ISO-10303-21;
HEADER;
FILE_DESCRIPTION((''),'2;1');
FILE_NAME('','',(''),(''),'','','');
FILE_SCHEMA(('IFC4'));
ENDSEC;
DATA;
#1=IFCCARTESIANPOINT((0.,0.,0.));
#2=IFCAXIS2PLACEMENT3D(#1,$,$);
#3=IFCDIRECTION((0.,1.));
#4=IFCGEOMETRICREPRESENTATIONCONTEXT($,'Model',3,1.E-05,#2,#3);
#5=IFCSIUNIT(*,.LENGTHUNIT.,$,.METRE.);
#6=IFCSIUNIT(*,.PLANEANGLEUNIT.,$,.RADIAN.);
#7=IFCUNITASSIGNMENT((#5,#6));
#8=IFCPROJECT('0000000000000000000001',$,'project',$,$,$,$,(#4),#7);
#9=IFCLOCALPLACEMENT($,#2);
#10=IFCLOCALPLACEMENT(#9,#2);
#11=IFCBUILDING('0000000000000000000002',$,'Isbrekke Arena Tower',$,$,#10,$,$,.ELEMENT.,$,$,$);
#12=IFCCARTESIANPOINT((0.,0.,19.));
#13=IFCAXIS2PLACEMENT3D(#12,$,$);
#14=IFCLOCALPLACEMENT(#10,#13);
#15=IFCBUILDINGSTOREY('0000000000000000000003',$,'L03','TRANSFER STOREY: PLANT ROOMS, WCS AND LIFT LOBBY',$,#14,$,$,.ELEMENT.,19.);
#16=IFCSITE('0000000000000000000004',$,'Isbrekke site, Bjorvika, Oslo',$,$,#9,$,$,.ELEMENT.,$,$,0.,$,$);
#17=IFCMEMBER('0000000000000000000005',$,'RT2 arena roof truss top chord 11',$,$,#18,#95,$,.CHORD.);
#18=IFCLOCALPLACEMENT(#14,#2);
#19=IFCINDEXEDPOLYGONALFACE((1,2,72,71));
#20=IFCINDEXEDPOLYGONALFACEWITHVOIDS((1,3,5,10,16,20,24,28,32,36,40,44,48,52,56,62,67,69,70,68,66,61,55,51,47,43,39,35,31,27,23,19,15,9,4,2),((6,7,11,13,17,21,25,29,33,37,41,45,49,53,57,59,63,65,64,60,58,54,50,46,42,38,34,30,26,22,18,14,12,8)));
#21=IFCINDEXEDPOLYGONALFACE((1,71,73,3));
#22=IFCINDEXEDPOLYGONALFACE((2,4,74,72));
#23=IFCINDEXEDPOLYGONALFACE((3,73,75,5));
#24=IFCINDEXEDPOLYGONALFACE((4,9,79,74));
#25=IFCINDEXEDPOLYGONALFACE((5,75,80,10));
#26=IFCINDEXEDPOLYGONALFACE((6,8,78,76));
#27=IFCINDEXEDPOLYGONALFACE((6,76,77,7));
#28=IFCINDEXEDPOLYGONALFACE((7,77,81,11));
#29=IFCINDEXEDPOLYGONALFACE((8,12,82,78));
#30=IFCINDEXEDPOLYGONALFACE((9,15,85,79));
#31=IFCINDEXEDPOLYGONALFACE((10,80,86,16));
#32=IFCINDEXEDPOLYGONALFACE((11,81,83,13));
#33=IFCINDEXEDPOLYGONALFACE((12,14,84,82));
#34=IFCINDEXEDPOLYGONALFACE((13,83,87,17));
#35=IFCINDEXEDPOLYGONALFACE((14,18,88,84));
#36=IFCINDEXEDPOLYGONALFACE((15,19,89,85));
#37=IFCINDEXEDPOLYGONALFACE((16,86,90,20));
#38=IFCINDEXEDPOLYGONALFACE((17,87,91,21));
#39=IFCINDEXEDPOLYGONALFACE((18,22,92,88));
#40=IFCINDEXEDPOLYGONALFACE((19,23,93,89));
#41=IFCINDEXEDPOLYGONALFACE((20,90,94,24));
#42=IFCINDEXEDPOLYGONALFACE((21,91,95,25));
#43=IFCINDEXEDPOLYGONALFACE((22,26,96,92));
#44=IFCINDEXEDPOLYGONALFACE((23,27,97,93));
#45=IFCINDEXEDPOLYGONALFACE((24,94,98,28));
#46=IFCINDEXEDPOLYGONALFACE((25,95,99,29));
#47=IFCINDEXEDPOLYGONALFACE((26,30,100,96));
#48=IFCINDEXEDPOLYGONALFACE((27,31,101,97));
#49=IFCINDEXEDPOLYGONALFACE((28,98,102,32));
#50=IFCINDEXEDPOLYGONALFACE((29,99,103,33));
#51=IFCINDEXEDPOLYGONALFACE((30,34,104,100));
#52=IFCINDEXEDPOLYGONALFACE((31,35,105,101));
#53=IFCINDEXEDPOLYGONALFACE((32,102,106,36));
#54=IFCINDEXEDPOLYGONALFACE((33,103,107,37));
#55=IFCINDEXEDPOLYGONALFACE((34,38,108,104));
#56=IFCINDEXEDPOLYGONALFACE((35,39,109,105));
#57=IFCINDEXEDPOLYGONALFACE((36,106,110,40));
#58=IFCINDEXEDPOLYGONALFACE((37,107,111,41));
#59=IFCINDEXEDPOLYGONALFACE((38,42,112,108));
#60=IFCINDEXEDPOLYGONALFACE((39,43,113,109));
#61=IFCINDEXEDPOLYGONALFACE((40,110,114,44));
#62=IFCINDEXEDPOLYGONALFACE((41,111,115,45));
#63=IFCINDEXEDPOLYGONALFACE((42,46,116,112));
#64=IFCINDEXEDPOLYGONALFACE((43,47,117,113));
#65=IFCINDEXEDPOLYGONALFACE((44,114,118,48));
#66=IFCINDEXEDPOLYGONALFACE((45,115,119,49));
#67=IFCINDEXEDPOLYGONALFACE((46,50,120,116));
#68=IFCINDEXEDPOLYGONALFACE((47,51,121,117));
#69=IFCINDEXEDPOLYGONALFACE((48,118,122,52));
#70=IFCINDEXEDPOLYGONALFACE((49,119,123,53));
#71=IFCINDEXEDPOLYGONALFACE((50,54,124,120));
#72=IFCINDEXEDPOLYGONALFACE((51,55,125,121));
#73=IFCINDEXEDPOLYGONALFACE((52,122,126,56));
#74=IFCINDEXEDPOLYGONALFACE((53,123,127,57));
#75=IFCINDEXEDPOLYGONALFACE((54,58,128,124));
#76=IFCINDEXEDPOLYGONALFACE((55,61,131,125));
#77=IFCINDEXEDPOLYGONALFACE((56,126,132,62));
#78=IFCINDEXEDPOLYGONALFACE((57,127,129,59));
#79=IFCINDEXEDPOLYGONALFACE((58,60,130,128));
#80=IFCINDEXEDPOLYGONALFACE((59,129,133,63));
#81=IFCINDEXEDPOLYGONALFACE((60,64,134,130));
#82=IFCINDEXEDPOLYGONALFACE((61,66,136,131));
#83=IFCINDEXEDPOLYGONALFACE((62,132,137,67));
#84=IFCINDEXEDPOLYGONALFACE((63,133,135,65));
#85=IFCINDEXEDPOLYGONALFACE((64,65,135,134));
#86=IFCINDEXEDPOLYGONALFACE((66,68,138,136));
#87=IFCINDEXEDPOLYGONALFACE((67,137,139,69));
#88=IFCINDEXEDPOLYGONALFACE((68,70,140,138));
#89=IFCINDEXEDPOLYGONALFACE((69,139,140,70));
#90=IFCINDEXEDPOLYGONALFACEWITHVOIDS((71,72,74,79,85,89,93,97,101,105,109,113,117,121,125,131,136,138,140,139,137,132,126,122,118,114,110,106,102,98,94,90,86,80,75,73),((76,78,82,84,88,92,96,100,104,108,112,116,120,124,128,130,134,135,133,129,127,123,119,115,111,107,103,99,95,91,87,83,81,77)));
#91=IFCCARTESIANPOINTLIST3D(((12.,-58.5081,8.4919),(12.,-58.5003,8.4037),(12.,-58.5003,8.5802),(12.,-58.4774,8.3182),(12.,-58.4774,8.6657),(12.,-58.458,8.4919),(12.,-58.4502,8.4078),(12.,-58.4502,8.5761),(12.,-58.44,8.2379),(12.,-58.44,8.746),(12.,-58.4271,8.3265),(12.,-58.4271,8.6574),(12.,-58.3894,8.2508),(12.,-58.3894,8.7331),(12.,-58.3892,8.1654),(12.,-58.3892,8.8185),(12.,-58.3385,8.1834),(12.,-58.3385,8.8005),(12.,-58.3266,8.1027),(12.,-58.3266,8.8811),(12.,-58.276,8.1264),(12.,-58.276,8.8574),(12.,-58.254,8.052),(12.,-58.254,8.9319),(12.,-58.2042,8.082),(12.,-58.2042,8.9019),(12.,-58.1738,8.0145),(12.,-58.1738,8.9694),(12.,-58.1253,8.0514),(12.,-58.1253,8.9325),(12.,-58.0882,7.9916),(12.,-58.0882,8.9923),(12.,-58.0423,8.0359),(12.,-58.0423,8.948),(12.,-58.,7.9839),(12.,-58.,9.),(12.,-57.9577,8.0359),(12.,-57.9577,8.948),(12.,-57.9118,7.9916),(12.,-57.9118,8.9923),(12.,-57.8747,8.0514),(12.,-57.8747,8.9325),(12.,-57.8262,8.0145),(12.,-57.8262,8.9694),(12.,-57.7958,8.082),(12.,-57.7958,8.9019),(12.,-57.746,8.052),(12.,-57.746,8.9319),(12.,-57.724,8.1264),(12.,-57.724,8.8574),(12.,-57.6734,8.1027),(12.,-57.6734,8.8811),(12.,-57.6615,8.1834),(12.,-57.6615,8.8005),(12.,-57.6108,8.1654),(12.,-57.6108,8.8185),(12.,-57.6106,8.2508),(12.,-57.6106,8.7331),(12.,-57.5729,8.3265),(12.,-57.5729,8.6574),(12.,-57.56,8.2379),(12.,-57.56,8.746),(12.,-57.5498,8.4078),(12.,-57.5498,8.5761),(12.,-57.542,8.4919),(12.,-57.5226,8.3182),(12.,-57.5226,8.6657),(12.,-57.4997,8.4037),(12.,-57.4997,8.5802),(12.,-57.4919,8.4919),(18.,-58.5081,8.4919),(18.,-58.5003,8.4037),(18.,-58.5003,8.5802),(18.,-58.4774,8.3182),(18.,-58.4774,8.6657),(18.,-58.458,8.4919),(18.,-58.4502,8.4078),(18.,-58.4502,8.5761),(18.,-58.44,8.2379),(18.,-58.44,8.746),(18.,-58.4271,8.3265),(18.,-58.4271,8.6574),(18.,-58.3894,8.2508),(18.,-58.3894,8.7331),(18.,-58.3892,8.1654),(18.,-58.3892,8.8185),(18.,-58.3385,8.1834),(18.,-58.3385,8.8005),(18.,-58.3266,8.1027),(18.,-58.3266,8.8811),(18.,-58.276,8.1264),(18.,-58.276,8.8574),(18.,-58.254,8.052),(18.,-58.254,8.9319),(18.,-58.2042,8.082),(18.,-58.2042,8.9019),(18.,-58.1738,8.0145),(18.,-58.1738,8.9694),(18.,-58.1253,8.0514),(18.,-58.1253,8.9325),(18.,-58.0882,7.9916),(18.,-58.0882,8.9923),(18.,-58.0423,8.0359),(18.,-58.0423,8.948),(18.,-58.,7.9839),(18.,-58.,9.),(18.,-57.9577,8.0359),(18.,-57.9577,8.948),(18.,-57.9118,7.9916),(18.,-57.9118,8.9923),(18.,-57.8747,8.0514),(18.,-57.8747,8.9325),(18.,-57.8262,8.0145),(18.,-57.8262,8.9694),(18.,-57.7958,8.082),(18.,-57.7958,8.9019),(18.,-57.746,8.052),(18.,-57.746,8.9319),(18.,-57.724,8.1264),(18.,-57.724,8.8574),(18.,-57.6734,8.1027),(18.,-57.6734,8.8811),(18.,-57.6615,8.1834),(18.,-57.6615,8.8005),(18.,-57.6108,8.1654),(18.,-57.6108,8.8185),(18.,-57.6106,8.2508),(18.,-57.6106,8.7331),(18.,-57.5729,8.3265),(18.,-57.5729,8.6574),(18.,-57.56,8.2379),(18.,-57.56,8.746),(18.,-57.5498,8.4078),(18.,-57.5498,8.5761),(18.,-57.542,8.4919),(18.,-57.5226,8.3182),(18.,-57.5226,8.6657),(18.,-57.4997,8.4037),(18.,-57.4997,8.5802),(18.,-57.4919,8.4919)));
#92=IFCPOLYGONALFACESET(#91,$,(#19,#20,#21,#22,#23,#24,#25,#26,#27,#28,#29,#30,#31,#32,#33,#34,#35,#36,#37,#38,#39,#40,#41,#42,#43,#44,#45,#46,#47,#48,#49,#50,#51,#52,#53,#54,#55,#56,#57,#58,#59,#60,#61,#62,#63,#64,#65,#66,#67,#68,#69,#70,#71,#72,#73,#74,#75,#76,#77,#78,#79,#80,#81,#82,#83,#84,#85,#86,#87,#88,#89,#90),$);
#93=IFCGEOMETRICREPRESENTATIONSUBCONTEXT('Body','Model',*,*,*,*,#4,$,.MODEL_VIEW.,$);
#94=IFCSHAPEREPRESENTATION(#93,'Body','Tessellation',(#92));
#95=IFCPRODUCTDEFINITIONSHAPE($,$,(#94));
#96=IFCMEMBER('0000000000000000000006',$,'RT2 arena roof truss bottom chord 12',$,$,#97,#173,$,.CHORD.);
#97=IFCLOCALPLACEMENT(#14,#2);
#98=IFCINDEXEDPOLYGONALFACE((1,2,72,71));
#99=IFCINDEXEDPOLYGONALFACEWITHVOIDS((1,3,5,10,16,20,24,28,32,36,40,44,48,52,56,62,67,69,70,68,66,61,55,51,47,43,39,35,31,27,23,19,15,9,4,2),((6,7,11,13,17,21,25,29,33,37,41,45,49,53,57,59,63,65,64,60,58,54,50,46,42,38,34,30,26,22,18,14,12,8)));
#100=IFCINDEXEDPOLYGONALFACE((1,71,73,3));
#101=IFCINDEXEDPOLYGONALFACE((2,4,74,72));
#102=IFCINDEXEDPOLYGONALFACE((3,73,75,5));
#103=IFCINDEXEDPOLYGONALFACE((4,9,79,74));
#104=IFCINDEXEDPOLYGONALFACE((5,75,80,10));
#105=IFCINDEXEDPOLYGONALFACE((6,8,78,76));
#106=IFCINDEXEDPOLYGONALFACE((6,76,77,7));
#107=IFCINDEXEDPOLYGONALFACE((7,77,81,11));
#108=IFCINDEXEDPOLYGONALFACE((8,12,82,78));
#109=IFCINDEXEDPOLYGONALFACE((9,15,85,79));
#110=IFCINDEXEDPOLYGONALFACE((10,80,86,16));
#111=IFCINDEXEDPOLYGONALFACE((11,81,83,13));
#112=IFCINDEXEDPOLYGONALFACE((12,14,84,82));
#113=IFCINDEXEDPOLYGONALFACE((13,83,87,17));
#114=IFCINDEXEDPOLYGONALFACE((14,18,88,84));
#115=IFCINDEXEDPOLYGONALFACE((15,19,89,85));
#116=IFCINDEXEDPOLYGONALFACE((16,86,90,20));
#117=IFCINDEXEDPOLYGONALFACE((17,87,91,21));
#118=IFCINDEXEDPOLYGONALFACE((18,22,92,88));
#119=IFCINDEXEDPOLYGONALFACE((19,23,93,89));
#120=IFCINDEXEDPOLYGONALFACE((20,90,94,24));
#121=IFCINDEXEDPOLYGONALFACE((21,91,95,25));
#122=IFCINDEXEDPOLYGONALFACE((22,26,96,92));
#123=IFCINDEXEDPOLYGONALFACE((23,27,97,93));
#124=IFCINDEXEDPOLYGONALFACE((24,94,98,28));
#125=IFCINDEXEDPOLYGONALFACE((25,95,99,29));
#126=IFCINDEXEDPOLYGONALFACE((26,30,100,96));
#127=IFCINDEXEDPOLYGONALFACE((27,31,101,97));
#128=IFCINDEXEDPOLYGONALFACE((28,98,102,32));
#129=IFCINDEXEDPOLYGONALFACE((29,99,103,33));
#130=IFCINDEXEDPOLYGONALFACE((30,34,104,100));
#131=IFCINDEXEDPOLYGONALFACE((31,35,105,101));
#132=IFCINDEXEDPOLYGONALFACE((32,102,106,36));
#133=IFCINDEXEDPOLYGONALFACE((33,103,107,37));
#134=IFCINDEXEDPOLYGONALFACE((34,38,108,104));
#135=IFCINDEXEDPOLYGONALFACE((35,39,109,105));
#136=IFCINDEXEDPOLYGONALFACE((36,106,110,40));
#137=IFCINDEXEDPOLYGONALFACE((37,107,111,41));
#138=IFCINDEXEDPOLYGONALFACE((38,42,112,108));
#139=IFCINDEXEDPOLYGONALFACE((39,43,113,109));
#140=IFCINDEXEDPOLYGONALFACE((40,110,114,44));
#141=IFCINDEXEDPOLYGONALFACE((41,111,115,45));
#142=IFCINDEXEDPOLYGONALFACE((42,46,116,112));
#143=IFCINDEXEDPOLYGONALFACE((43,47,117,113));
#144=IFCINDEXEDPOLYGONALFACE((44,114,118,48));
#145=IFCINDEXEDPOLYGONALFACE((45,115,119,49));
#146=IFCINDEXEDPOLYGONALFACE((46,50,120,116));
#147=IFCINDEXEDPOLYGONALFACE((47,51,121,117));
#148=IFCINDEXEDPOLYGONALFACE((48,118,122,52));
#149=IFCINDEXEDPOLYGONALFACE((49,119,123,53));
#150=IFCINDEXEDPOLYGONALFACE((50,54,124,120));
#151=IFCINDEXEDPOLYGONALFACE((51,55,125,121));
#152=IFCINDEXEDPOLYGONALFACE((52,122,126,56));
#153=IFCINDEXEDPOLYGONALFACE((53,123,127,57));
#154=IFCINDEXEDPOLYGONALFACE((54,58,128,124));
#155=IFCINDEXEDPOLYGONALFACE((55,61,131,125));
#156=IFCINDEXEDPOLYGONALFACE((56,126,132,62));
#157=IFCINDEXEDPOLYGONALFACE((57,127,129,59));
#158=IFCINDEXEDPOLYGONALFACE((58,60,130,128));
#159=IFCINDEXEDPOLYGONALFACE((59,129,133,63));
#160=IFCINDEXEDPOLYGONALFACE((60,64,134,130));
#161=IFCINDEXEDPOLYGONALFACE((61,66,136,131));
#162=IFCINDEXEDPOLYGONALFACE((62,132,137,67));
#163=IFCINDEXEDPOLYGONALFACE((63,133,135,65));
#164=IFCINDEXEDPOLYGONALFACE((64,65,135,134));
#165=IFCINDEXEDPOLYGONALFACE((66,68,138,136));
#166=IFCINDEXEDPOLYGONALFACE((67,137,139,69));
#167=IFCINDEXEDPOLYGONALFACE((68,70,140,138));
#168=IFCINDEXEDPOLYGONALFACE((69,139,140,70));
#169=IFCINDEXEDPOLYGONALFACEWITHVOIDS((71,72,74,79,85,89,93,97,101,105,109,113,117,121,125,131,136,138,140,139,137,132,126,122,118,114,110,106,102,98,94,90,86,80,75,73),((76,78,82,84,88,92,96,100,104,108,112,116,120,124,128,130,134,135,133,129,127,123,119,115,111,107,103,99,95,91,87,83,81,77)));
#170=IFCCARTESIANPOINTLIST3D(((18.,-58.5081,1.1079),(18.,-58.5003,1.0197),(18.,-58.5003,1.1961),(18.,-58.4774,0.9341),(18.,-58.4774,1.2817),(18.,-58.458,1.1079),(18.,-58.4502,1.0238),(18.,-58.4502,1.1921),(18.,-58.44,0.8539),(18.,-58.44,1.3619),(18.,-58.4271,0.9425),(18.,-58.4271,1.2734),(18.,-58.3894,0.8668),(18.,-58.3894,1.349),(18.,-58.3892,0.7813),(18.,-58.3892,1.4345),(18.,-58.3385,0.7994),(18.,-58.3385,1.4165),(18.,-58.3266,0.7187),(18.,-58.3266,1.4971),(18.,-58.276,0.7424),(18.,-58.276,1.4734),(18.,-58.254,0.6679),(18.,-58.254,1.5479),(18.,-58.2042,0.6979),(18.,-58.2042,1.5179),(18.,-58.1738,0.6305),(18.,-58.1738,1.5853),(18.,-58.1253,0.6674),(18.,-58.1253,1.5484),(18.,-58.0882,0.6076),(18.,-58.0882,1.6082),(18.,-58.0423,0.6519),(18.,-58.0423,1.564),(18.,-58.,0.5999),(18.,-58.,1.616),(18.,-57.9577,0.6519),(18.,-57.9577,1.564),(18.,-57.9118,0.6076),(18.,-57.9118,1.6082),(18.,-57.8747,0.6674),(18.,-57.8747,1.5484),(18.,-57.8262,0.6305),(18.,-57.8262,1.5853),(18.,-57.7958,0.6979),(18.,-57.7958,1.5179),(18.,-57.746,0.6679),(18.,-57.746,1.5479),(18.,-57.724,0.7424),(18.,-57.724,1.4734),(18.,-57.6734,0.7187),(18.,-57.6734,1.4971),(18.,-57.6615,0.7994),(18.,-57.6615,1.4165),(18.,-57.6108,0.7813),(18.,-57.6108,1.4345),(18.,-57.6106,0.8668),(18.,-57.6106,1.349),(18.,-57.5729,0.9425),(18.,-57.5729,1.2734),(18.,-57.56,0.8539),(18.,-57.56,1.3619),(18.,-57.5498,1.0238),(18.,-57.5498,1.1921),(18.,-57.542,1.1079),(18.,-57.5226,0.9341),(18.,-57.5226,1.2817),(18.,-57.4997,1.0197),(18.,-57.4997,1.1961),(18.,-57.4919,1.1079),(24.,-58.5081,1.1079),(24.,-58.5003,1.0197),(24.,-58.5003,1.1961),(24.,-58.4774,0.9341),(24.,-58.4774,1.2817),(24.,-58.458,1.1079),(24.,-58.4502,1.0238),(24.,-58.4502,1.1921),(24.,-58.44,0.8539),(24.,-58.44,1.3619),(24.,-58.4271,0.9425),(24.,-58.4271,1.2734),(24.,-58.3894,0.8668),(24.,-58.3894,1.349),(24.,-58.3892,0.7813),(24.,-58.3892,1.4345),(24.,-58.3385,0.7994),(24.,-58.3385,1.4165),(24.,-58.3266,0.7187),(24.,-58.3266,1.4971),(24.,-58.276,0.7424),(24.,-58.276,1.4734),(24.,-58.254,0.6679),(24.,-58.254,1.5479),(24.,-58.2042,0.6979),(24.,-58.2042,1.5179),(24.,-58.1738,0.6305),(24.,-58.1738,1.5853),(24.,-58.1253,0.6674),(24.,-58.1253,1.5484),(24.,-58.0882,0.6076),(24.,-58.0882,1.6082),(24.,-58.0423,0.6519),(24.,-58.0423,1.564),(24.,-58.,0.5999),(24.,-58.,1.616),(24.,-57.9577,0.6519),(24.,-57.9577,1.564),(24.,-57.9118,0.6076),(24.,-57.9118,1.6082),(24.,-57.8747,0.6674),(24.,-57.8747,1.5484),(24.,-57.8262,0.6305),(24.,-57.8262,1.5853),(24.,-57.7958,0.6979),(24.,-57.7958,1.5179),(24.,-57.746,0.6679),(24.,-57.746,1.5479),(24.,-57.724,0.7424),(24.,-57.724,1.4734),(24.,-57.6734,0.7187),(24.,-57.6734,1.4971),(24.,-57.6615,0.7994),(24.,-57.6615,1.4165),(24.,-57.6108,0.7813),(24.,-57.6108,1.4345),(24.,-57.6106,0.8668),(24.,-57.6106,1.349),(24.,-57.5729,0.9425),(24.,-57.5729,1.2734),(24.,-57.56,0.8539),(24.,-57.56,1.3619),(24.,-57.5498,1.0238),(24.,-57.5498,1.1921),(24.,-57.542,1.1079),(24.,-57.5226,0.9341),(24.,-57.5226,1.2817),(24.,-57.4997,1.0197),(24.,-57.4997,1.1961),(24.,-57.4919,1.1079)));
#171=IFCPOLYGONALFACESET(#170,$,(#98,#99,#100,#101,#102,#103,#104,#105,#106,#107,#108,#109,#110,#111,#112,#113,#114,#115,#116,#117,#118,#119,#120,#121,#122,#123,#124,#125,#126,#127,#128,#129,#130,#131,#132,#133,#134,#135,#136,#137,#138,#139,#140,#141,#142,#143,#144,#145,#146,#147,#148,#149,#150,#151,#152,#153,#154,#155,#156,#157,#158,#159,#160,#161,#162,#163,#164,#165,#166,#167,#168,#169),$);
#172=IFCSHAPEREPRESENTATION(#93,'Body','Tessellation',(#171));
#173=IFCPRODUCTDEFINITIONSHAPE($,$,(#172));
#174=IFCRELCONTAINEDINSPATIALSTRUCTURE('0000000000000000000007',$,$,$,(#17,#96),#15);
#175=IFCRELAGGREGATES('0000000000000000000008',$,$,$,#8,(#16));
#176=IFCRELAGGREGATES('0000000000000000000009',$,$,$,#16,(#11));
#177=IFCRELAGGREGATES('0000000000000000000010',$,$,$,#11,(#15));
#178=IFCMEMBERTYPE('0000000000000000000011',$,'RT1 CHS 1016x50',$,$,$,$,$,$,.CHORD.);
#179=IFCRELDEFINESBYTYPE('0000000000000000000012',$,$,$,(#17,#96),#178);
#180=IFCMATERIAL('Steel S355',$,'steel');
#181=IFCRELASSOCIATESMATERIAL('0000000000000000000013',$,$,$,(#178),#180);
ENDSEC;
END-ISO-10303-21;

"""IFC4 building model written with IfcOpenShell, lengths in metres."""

from ifc_helpers import new_model, si_unit, direction, frame, origin, origin_2d, place, context, subcontext, project, spatial, hollow_circle, extrude, material, material_profile, profile_set, type_object, element, save


model = new_model("IFC4")

# Units and contexts
model_context = context("Model", 3, precision=1e-05, world=origin(), true_north=direction((0.0, 1.0)))
body_context = subcontext(model_context, "Body", "Model", "MODEL_VIEW")
ifc_project = project(units=[si_unit("LENGTHUNIT", "METRE"), si_unit("PLANEANGLEUNIT", "RADIAN")], contexts=[model_context])

# Site, building, storey
site_placement = place(None, origin())
site = spatial("IfcSite", under=ifc_project, at=site_placement, Name="Isbrekke site, Bjorvika, Oslo", CompositionType="ELEMENT", RefElevation=0.0)
building_placement = place(site_placement, origin())
building = spatial("IfcBuilding", under=site, at=building_placement, Name="Isbrekke Arena Tower", CompositionType="ELEMENT")
storey_placement = place(building_placement, frame((0.0, 0.0, 19.0)))
storey = spatial("IfcBuildingStorey", under=building, at=storey_placement, Name="L03", Description="TRANSFER STOREY: PLANT ROOMS, WCS AND LIFT LOBBY", CompositionType="ELEMENT", Elevation=19.0)

# Members
ifc_material_1 = material(Name="Steel S355", Category="steel")
ifc_material_profile_1 = material_profile(ifc_material_1, hollow_circle(Radius=0.5081, WallThickness=0.05, at=origin_2d()), Name="CHS 1016x50")
ifc_profile_set_1 = profile_set([ifc_material_profile_1], Name="Steel S355")
member_type_1 = type_object("IfcMemberType", Name="RT1 CHS 1016x50", PredefinedType="CHORD", material=ifc_profile_set_1)
for number, where, z_axis, x_axis, name in (
    (1, (12.0, -58.0, 8.4919), (1.0, 0.0, 0.0), (0.0, 1.0, 0.0), "RT2 arena roof truss top chord 11"),
    (2, (18.0, -58.0, 1.1079), (1.0, 0.0, 0.0), (0.0, 1.0, 0.0), "RT2 arena roof truss bottom chord 12"),
):
    element("IfcMember", number, at=place(storey_placement, frame(where, z_axis=z_axis, x_axis=x_axis)), inside=storey, type_object=member_type_1, Name=name, PredefinedType="CHORD", context=body_context, shape_type="SweptSolid", body=[
        extrude(hollow_circle(Radius=0.5081, WallThickness=0.05, at=origin_2d()), origin(), (0.0, 0.0, 1.0), 6.0),
    ])

save(model, "model.ifc")
